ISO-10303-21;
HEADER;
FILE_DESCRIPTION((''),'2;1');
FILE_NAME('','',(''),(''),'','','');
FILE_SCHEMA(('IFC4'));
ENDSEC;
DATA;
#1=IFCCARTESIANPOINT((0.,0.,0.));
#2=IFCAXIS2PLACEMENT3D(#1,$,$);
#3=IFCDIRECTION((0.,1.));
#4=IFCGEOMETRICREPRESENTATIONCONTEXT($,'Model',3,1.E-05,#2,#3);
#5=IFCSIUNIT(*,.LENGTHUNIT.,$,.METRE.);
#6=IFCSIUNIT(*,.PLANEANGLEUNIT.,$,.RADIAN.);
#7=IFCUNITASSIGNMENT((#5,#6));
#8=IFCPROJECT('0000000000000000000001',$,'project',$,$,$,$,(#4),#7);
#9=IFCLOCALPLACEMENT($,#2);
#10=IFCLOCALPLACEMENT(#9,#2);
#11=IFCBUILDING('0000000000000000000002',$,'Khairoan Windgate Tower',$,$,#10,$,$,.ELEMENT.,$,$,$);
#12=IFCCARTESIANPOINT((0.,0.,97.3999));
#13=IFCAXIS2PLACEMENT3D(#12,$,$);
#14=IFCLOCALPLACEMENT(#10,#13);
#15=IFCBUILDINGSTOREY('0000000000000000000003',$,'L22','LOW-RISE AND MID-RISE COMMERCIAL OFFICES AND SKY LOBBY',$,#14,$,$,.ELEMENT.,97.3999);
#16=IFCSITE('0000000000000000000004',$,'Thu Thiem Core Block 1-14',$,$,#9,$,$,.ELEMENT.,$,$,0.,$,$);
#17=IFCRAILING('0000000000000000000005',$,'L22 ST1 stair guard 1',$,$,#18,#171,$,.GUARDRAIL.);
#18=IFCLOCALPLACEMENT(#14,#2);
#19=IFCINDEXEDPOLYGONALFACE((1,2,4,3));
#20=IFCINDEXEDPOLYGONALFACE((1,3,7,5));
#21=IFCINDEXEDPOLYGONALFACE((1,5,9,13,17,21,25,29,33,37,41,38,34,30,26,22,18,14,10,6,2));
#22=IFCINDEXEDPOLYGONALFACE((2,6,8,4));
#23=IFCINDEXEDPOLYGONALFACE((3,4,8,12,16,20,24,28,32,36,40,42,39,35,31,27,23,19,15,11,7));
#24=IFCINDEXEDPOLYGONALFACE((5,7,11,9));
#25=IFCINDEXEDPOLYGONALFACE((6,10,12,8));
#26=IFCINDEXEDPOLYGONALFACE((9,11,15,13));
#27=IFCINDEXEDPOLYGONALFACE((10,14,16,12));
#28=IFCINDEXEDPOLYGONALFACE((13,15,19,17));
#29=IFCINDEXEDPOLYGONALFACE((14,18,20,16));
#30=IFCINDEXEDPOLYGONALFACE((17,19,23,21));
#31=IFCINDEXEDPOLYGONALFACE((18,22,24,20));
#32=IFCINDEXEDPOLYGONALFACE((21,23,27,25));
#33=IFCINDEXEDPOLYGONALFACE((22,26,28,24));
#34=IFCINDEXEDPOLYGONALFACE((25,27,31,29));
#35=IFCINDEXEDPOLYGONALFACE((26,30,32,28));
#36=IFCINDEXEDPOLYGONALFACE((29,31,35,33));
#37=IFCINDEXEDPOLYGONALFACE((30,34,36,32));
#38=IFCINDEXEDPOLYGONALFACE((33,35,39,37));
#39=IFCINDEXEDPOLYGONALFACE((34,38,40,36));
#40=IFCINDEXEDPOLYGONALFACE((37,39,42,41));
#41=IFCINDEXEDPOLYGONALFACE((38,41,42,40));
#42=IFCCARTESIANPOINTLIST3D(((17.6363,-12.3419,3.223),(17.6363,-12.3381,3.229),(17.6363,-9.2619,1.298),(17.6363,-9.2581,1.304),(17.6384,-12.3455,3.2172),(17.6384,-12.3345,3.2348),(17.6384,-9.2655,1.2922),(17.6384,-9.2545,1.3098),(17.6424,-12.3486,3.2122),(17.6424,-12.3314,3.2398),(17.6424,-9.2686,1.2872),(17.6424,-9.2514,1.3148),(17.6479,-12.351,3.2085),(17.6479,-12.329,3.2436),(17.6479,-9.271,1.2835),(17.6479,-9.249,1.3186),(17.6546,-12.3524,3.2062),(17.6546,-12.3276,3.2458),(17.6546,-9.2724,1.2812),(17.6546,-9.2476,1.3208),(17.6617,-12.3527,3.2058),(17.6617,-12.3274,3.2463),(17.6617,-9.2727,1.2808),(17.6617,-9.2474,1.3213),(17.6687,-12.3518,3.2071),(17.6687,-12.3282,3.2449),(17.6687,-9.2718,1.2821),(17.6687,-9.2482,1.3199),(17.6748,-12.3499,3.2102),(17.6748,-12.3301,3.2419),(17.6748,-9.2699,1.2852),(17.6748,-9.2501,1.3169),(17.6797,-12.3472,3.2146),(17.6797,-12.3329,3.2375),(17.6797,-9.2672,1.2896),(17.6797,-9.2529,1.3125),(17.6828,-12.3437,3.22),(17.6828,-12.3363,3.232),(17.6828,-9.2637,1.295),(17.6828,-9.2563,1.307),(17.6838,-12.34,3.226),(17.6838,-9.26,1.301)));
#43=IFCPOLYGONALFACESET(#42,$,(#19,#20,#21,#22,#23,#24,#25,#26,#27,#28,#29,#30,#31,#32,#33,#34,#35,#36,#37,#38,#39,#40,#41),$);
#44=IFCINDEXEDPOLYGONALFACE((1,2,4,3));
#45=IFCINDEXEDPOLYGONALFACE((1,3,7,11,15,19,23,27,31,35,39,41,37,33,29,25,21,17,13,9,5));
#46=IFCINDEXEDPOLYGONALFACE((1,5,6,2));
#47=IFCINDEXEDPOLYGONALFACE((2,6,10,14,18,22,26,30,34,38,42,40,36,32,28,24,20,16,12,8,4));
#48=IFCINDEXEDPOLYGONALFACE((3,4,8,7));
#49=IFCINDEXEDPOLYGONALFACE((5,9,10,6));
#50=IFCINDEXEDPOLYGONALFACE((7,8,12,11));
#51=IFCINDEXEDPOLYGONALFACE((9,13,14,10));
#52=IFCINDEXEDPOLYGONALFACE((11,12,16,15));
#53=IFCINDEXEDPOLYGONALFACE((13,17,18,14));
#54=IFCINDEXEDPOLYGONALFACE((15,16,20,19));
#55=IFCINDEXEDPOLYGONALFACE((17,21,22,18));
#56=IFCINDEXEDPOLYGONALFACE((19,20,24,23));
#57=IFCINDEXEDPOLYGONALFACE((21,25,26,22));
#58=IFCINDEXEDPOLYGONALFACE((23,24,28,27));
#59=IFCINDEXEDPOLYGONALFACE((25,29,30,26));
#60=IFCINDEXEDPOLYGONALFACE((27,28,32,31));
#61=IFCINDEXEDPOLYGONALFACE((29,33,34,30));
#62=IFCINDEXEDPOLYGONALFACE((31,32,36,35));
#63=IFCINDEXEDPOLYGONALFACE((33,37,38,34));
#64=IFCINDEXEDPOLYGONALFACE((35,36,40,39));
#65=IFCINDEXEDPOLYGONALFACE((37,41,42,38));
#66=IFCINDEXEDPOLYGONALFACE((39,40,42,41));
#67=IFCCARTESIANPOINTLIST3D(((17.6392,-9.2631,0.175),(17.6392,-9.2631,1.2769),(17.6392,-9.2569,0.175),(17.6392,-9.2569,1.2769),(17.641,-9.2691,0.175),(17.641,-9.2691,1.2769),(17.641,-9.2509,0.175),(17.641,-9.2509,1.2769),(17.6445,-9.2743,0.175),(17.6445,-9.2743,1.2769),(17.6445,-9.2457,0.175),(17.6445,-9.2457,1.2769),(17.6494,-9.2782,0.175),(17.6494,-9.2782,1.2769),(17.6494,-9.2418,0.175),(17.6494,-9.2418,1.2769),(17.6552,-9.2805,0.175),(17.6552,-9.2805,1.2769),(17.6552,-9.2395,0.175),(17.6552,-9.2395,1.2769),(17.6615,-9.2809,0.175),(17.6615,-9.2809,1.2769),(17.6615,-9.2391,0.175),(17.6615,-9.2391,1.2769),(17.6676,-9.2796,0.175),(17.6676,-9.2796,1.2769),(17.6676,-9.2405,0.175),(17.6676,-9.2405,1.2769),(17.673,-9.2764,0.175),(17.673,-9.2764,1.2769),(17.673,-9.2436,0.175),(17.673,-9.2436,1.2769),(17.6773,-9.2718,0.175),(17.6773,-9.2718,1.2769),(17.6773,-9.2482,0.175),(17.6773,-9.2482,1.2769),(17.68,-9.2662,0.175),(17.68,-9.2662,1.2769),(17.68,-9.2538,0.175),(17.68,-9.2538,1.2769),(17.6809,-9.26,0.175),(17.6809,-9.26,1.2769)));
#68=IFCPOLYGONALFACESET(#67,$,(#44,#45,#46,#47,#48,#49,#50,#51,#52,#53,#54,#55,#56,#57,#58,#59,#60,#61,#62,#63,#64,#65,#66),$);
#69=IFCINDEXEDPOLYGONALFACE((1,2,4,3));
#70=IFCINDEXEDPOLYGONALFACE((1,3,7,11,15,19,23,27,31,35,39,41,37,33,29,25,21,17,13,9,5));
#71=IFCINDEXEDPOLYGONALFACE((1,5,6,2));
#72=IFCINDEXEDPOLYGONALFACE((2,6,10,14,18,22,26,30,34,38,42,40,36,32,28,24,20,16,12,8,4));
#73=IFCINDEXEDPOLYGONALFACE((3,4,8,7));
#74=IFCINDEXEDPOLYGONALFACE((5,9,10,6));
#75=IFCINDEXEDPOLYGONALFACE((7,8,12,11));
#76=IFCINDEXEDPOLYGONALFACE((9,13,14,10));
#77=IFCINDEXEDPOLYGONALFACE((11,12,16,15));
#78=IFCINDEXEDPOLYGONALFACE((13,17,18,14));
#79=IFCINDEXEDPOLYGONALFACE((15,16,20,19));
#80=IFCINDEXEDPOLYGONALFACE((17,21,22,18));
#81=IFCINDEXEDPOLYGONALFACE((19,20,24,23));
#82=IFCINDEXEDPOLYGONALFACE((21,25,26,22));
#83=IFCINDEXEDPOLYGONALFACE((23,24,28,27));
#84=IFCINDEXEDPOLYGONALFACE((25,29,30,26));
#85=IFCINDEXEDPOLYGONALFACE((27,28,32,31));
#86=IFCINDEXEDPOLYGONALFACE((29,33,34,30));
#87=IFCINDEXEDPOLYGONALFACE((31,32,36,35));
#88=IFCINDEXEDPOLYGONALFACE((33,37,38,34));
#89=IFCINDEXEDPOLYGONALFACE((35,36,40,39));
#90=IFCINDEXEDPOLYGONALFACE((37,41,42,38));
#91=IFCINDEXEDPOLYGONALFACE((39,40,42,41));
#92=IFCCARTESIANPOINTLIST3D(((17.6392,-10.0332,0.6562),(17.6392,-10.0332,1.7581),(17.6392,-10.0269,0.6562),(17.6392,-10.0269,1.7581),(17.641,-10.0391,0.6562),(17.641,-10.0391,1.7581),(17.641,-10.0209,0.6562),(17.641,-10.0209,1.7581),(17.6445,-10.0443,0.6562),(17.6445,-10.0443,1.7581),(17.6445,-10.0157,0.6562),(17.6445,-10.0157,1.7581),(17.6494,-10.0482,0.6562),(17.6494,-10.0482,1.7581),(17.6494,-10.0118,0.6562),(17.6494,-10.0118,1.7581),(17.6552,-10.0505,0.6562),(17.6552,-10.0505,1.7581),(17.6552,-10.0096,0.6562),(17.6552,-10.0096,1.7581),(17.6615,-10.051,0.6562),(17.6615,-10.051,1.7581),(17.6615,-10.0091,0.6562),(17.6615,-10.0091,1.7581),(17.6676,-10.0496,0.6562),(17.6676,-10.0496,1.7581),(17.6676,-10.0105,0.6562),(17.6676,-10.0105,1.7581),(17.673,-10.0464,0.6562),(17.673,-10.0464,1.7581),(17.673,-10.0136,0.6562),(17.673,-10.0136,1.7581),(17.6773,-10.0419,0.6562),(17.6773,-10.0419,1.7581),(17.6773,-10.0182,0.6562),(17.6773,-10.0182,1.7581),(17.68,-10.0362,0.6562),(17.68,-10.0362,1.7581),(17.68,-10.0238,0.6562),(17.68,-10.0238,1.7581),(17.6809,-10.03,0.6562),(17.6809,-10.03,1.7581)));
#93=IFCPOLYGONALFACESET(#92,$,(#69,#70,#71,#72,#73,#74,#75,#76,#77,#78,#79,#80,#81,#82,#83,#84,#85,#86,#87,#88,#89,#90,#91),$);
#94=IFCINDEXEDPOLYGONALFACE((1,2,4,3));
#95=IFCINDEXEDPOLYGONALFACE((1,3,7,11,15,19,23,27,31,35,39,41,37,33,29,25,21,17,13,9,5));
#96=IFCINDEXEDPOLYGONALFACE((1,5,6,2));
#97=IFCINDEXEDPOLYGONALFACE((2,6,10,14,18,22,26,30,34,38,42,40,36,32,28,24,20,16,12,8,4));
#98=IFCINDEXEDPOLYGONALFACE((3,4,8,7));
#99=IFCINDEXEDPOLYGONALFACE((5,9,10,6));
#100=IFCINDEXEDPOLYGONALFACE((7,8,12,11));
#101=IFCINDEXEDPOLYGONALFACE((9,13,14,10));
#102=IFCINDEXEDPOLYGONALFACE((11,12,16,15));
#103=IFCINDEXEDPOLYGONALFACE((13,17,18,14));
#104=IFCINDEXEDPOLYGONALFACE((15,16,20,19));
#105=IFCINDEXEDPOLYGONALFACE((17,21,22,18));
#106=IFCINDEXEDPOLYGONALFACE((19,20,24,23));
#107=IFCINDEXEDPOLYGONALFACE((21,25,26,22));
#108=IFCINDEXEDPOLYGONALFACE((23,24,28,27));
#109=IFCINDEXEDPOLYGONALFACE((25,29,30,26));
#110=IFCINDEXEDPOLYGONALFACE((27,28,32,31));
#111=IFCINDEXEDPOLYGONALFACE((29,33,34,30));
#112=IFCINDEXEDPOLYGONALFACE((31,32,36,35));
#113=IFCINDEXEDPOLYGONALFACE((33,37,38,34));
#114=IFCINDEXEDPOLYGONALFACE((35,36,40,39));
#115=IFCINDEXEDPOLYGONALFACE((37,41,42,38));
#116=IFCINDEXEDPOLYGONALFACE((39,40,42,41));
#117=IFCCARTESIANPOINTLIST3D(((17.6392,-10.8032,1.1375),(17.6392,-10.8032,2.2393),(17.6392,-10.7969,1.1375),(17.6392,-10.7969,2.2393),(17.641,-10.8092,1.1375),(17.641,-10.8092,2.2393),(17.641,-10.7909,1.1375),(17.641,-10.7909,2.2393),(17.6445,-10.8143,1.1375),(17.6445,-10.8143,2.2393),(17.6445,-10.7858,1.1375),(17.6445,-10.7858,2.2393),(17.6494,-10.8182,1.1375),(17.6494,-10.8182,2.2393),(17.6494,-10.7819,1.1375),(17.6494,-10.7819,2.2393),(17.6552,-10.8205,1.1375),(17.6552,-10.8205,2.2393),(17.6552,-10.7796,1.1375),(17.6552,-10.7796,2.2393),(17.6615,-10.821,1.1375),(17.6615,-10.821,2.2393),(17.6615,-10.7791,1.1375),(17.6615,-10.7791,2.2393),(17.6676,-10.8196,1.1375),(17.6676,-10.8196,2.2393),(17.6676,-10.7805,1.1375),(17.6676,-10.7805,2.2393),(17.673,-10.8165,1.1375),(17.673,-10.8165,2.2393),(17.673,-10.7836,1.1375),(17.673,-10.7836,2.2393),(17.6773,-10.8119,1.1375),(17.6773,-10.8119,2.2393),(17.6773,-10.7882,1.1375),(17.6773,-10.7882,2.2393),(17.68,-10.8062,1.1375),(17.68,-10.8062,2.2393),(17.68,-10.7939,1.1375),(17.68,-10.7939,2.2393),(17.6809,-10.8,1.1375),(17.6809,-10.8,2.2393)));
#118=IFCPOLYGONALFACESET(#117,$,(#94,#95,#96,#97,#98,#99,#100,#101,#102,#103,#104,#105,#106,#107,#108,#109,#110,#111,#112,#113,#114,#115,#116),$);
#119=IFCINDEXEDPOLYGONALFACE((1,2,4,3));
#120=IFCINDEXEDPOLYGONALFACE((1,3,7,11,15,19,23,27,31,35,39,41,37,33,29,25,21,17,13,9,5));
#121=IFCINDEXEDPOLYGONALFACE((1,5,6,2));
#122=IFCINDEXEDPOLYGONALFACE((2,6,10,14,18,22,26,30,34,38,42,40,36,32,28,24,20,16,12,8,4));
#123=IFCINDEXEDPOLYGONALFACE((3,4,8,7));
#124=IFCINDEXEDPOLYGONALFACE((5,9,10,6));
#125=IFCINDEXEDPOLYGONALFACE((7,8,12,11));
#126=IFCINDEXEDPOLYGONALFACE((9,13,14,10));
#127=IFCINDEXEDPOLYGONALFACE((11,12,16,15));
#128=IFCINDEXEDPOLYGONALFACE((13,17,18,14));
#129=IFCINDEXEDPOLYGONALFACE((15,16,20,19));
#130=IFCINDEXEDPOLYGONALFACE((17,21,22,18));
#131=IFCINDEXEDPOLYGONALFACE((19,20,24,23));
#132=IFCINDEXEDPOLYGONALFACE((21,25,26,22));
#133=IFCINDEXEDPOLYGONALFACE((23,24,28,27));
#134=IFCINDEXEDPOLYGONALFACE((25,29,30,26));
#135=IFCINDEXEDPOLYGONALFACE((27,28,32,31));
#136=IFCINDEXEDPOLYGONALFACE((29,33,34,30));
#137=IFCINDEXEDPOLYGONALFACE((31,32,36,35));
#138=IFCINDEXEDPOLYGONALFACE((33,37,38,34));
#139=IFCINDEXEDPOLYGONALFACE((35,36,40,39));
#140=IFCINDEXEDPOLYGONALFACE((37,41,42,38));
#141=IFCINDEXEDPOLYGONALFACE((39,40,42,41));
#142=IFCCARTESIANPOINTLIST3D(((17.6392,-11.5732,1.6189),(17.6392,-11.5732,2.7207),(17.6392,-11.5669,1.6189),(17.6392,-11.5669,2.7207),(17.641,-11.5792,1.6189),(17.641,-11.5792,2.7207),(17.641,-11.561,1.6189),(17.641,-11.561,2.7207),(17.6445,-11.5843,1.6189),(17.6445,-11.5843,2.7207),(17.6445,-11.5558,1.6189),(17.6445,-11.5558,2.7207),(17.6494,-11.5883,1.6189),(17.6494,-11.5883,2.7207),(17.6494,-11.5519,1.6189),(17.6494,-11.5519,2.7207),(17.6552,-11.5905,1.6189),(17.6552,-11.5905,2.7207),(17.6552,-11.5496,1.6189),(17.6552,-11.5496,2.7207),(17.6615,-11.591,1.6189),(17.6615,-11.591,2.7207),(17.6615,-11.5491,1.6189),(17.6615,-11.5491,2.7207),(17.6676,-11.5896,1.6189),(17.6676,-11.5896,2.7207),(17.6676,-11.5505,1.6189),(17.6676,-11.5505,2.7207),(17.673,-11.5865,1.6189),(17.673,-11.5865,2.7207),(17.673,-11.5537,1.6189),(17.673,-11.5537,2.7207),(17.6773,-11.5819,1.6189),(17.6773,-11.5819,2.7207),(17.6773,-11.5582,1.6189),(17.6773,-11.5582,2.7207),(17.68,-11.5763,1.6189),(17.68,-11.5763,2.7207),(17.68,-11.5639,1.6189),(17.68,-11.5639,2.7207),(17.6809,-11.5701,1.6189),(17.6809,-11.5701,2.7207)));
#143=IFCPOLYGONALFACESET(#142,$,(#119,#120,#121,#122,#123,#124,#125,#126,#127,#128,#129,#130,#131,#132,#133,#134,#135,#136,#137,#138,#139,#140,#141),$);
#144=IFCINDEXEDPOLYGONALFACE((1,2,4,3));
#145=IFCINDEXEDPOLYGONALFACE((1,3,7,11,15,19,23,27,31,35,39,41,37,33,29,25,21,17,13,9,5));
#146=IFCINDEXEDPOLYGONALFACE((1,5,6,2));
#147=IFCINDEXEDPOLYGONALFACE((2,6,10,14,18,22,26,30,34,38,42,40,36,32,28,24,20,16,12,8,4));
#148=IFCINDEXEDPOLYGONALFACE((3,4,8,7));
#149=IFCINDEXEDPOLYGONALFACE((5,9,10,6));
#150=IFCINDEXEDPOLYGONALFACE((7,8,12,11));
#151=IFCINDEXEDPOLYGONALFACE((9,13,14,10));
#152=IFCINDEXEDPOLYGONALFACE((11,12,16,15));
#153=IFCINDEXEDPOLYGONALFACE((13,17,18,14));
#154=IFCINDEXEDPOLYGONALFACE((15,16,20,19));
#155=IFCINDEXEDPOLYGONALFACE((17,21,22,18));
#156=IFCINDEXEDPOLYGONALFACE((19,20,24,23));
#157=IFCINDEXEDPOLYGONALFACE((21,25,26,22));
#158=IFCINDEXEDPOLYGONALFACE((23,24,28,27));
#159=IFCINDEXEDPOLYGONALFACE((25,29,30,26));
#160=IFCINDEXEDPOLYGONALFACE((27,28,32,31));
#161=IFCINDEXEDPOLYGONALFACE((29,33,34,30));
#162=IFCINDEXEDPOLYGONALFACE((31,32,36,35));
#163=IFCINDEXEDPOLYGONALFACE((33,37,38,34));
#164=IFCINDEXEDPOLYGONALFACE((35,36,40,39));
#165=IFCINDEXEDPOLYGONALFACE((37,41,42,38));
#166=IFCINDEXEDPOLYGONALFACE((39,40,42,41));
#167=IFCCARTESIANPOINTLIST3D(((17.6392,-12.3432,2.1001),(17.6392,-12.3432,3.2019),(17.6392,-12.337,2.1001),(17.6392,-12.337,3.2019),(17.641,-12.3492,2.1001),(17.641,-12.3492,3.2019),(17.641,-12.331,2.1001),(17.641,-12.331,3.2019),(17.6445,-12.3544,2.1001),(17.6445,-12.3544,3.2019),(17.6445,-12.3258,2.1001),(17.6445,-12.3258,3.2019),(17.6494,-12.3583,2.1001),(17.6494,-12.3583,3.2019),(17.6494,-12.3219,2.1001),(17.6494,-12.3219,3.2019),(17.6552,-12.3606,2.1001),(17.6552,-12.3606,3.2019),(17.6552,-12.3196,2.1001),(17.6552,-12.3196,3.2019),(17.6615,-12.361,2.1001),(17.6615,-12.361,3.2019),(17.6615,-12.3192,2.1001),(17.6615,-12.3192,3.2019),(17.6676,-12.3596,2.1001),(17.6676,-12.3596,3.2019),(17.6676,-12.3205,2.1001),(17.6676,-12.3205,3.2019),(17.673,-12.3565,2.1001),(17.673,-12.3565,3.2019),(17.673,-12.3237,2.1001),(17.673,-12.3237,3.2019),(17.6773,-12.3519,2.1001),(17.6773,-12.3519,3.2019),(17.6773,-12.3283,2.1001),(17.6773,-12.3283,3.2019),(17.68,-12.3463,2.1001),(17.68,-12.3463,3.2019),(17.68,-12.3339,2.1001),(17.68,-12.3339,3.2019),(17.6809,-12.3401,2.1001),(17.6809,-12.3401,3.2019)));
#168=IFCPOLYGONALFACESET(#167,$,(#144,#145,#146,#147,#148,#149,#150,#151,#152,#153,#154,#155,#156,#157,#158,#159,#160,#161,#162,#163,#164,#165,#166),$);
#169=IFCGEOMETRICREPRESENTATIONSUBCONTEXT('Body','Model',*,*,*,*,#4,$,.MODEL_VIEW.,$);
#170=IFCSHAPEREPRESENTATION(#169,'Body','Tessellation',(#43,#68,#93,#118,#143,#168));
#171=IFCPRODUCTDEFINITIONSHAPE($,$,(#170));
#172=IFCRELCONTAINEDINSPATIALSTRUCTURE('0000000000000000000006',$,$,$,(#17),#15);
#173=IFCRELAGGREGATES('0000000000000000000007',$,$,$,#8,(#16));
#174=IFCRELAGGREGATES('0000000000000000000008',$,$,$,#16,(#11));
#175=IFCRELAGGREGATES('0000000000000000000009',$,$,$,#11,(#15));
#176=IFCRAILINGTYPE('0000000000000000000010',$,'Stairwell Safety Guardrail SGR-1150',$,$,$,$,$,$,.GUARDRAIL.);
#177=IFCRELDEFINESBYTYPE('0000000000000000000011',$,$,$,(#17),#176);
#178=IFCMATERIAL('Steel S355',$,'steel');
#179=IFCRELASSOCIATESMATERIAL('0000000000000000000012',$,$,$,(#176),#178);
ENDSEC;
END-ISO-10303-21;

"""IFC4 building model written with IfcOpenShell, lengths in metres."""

from ifc_helpers import new_model, si_unit, direction, frame, origin, origin_2d, place, context, subcontext, project, spatial, circle, extrude, material, type_object, element, save


model = new_model("IFC4")

# Units and contexts
model_context = context("Model", 3, precision=1e-05, world=origin(), true_north=direction((0.0, 1.0)))
body_context = subcontext(model_context, "Body", "Model", "MODEL_VIEW")
ifc_project = project(units=[si_unit("LENGTHUNIT", "METRE"), si_unit("PLANEANGLEUNIT", "RADIAN")], contexts=[model_context])

# Site, building, storey
site_placement = place(None, origin())
site = spatial("IfcSite", under=ifc_project, at=site_placement, Name="Thu Thiem Core Block 1-14", CompositionType="ELEMENT", RefElevation=0.0)
building_placement = place(site_placement, origin())
building = spatial("IfcBuilding", under=site, at=building_placement, Name="Khairoan Windgate Tower", CompositionType="ELEMENT")
storey_placement = place(building_placement, frame((0.0, 0.0, 97.3999)))
storey = spatial("IfcBuildingStorey", under=building, at=storey_placement, Name="L22", Description="LOW-RISE AND MID-RISE COMMERCIAL OFFICES AND SKY LOBBY", CompositionType="ELEMENT", Elevation=97.3999)

# Railing
ifc_material_1 = material(Name="Steel S355", Category="steel")
railing_type_1 = type_object("IfcRailingType", Name="Stairwell Safety Guardrail SGR-1150", PredefinedType="GUARDRAIL", material=ifc_material_1)
railing_1_placement = place(storey_placement, frame((17.6599, -9.26, 0.175)))
element("IfcRailing", 1, at=railing_1_placement, inside=storey, type_object=railing_type_1, Name="L22 ST1 stair guard 1", PredefinedType="GUARDRAIL", context=body_context, shape_type="SweptSolid", body=[
    extrude(circle(Radius=0.0239, at=origin_2d()), frame((0.0, 0.0, 1.126), z_axis=(0.0, -0.847998, 0.529999), x_axis=(1.0, 0.0, 0.0)), (0.0, 0.0, 1.0), 3.6321),
    extrude(circle(Radius=0.021, at=origin_2d()), origin(), (0.0, 0.0, 1.0), 1.1018),
    extrude(circle(Radius=0.021, at=origin_2d()), frame((0.0, -0.77, 0.4812)), (0.0, 0.0, 1.0), 1.1018),
    extrude(circle(Radius=0.021, at=origin_2d()), frame((0.0, -1.54, 0.9624)), (0.0, 0.0, 1.0), 1.1018),
    extrude(circle(Radius=0.021, at=origin_2d()), frame((0.0, -2.3101, 1.4438)), (0.0, 0.0, 1.0), 1.1018),
    extrude(circle(Radius=0.021, at=origin_2d()), frame((0.0, -3.0801, 1.925)), (0.0, 0.0, 1.0), 1.1018),
])

save(model, "model.ifc")
